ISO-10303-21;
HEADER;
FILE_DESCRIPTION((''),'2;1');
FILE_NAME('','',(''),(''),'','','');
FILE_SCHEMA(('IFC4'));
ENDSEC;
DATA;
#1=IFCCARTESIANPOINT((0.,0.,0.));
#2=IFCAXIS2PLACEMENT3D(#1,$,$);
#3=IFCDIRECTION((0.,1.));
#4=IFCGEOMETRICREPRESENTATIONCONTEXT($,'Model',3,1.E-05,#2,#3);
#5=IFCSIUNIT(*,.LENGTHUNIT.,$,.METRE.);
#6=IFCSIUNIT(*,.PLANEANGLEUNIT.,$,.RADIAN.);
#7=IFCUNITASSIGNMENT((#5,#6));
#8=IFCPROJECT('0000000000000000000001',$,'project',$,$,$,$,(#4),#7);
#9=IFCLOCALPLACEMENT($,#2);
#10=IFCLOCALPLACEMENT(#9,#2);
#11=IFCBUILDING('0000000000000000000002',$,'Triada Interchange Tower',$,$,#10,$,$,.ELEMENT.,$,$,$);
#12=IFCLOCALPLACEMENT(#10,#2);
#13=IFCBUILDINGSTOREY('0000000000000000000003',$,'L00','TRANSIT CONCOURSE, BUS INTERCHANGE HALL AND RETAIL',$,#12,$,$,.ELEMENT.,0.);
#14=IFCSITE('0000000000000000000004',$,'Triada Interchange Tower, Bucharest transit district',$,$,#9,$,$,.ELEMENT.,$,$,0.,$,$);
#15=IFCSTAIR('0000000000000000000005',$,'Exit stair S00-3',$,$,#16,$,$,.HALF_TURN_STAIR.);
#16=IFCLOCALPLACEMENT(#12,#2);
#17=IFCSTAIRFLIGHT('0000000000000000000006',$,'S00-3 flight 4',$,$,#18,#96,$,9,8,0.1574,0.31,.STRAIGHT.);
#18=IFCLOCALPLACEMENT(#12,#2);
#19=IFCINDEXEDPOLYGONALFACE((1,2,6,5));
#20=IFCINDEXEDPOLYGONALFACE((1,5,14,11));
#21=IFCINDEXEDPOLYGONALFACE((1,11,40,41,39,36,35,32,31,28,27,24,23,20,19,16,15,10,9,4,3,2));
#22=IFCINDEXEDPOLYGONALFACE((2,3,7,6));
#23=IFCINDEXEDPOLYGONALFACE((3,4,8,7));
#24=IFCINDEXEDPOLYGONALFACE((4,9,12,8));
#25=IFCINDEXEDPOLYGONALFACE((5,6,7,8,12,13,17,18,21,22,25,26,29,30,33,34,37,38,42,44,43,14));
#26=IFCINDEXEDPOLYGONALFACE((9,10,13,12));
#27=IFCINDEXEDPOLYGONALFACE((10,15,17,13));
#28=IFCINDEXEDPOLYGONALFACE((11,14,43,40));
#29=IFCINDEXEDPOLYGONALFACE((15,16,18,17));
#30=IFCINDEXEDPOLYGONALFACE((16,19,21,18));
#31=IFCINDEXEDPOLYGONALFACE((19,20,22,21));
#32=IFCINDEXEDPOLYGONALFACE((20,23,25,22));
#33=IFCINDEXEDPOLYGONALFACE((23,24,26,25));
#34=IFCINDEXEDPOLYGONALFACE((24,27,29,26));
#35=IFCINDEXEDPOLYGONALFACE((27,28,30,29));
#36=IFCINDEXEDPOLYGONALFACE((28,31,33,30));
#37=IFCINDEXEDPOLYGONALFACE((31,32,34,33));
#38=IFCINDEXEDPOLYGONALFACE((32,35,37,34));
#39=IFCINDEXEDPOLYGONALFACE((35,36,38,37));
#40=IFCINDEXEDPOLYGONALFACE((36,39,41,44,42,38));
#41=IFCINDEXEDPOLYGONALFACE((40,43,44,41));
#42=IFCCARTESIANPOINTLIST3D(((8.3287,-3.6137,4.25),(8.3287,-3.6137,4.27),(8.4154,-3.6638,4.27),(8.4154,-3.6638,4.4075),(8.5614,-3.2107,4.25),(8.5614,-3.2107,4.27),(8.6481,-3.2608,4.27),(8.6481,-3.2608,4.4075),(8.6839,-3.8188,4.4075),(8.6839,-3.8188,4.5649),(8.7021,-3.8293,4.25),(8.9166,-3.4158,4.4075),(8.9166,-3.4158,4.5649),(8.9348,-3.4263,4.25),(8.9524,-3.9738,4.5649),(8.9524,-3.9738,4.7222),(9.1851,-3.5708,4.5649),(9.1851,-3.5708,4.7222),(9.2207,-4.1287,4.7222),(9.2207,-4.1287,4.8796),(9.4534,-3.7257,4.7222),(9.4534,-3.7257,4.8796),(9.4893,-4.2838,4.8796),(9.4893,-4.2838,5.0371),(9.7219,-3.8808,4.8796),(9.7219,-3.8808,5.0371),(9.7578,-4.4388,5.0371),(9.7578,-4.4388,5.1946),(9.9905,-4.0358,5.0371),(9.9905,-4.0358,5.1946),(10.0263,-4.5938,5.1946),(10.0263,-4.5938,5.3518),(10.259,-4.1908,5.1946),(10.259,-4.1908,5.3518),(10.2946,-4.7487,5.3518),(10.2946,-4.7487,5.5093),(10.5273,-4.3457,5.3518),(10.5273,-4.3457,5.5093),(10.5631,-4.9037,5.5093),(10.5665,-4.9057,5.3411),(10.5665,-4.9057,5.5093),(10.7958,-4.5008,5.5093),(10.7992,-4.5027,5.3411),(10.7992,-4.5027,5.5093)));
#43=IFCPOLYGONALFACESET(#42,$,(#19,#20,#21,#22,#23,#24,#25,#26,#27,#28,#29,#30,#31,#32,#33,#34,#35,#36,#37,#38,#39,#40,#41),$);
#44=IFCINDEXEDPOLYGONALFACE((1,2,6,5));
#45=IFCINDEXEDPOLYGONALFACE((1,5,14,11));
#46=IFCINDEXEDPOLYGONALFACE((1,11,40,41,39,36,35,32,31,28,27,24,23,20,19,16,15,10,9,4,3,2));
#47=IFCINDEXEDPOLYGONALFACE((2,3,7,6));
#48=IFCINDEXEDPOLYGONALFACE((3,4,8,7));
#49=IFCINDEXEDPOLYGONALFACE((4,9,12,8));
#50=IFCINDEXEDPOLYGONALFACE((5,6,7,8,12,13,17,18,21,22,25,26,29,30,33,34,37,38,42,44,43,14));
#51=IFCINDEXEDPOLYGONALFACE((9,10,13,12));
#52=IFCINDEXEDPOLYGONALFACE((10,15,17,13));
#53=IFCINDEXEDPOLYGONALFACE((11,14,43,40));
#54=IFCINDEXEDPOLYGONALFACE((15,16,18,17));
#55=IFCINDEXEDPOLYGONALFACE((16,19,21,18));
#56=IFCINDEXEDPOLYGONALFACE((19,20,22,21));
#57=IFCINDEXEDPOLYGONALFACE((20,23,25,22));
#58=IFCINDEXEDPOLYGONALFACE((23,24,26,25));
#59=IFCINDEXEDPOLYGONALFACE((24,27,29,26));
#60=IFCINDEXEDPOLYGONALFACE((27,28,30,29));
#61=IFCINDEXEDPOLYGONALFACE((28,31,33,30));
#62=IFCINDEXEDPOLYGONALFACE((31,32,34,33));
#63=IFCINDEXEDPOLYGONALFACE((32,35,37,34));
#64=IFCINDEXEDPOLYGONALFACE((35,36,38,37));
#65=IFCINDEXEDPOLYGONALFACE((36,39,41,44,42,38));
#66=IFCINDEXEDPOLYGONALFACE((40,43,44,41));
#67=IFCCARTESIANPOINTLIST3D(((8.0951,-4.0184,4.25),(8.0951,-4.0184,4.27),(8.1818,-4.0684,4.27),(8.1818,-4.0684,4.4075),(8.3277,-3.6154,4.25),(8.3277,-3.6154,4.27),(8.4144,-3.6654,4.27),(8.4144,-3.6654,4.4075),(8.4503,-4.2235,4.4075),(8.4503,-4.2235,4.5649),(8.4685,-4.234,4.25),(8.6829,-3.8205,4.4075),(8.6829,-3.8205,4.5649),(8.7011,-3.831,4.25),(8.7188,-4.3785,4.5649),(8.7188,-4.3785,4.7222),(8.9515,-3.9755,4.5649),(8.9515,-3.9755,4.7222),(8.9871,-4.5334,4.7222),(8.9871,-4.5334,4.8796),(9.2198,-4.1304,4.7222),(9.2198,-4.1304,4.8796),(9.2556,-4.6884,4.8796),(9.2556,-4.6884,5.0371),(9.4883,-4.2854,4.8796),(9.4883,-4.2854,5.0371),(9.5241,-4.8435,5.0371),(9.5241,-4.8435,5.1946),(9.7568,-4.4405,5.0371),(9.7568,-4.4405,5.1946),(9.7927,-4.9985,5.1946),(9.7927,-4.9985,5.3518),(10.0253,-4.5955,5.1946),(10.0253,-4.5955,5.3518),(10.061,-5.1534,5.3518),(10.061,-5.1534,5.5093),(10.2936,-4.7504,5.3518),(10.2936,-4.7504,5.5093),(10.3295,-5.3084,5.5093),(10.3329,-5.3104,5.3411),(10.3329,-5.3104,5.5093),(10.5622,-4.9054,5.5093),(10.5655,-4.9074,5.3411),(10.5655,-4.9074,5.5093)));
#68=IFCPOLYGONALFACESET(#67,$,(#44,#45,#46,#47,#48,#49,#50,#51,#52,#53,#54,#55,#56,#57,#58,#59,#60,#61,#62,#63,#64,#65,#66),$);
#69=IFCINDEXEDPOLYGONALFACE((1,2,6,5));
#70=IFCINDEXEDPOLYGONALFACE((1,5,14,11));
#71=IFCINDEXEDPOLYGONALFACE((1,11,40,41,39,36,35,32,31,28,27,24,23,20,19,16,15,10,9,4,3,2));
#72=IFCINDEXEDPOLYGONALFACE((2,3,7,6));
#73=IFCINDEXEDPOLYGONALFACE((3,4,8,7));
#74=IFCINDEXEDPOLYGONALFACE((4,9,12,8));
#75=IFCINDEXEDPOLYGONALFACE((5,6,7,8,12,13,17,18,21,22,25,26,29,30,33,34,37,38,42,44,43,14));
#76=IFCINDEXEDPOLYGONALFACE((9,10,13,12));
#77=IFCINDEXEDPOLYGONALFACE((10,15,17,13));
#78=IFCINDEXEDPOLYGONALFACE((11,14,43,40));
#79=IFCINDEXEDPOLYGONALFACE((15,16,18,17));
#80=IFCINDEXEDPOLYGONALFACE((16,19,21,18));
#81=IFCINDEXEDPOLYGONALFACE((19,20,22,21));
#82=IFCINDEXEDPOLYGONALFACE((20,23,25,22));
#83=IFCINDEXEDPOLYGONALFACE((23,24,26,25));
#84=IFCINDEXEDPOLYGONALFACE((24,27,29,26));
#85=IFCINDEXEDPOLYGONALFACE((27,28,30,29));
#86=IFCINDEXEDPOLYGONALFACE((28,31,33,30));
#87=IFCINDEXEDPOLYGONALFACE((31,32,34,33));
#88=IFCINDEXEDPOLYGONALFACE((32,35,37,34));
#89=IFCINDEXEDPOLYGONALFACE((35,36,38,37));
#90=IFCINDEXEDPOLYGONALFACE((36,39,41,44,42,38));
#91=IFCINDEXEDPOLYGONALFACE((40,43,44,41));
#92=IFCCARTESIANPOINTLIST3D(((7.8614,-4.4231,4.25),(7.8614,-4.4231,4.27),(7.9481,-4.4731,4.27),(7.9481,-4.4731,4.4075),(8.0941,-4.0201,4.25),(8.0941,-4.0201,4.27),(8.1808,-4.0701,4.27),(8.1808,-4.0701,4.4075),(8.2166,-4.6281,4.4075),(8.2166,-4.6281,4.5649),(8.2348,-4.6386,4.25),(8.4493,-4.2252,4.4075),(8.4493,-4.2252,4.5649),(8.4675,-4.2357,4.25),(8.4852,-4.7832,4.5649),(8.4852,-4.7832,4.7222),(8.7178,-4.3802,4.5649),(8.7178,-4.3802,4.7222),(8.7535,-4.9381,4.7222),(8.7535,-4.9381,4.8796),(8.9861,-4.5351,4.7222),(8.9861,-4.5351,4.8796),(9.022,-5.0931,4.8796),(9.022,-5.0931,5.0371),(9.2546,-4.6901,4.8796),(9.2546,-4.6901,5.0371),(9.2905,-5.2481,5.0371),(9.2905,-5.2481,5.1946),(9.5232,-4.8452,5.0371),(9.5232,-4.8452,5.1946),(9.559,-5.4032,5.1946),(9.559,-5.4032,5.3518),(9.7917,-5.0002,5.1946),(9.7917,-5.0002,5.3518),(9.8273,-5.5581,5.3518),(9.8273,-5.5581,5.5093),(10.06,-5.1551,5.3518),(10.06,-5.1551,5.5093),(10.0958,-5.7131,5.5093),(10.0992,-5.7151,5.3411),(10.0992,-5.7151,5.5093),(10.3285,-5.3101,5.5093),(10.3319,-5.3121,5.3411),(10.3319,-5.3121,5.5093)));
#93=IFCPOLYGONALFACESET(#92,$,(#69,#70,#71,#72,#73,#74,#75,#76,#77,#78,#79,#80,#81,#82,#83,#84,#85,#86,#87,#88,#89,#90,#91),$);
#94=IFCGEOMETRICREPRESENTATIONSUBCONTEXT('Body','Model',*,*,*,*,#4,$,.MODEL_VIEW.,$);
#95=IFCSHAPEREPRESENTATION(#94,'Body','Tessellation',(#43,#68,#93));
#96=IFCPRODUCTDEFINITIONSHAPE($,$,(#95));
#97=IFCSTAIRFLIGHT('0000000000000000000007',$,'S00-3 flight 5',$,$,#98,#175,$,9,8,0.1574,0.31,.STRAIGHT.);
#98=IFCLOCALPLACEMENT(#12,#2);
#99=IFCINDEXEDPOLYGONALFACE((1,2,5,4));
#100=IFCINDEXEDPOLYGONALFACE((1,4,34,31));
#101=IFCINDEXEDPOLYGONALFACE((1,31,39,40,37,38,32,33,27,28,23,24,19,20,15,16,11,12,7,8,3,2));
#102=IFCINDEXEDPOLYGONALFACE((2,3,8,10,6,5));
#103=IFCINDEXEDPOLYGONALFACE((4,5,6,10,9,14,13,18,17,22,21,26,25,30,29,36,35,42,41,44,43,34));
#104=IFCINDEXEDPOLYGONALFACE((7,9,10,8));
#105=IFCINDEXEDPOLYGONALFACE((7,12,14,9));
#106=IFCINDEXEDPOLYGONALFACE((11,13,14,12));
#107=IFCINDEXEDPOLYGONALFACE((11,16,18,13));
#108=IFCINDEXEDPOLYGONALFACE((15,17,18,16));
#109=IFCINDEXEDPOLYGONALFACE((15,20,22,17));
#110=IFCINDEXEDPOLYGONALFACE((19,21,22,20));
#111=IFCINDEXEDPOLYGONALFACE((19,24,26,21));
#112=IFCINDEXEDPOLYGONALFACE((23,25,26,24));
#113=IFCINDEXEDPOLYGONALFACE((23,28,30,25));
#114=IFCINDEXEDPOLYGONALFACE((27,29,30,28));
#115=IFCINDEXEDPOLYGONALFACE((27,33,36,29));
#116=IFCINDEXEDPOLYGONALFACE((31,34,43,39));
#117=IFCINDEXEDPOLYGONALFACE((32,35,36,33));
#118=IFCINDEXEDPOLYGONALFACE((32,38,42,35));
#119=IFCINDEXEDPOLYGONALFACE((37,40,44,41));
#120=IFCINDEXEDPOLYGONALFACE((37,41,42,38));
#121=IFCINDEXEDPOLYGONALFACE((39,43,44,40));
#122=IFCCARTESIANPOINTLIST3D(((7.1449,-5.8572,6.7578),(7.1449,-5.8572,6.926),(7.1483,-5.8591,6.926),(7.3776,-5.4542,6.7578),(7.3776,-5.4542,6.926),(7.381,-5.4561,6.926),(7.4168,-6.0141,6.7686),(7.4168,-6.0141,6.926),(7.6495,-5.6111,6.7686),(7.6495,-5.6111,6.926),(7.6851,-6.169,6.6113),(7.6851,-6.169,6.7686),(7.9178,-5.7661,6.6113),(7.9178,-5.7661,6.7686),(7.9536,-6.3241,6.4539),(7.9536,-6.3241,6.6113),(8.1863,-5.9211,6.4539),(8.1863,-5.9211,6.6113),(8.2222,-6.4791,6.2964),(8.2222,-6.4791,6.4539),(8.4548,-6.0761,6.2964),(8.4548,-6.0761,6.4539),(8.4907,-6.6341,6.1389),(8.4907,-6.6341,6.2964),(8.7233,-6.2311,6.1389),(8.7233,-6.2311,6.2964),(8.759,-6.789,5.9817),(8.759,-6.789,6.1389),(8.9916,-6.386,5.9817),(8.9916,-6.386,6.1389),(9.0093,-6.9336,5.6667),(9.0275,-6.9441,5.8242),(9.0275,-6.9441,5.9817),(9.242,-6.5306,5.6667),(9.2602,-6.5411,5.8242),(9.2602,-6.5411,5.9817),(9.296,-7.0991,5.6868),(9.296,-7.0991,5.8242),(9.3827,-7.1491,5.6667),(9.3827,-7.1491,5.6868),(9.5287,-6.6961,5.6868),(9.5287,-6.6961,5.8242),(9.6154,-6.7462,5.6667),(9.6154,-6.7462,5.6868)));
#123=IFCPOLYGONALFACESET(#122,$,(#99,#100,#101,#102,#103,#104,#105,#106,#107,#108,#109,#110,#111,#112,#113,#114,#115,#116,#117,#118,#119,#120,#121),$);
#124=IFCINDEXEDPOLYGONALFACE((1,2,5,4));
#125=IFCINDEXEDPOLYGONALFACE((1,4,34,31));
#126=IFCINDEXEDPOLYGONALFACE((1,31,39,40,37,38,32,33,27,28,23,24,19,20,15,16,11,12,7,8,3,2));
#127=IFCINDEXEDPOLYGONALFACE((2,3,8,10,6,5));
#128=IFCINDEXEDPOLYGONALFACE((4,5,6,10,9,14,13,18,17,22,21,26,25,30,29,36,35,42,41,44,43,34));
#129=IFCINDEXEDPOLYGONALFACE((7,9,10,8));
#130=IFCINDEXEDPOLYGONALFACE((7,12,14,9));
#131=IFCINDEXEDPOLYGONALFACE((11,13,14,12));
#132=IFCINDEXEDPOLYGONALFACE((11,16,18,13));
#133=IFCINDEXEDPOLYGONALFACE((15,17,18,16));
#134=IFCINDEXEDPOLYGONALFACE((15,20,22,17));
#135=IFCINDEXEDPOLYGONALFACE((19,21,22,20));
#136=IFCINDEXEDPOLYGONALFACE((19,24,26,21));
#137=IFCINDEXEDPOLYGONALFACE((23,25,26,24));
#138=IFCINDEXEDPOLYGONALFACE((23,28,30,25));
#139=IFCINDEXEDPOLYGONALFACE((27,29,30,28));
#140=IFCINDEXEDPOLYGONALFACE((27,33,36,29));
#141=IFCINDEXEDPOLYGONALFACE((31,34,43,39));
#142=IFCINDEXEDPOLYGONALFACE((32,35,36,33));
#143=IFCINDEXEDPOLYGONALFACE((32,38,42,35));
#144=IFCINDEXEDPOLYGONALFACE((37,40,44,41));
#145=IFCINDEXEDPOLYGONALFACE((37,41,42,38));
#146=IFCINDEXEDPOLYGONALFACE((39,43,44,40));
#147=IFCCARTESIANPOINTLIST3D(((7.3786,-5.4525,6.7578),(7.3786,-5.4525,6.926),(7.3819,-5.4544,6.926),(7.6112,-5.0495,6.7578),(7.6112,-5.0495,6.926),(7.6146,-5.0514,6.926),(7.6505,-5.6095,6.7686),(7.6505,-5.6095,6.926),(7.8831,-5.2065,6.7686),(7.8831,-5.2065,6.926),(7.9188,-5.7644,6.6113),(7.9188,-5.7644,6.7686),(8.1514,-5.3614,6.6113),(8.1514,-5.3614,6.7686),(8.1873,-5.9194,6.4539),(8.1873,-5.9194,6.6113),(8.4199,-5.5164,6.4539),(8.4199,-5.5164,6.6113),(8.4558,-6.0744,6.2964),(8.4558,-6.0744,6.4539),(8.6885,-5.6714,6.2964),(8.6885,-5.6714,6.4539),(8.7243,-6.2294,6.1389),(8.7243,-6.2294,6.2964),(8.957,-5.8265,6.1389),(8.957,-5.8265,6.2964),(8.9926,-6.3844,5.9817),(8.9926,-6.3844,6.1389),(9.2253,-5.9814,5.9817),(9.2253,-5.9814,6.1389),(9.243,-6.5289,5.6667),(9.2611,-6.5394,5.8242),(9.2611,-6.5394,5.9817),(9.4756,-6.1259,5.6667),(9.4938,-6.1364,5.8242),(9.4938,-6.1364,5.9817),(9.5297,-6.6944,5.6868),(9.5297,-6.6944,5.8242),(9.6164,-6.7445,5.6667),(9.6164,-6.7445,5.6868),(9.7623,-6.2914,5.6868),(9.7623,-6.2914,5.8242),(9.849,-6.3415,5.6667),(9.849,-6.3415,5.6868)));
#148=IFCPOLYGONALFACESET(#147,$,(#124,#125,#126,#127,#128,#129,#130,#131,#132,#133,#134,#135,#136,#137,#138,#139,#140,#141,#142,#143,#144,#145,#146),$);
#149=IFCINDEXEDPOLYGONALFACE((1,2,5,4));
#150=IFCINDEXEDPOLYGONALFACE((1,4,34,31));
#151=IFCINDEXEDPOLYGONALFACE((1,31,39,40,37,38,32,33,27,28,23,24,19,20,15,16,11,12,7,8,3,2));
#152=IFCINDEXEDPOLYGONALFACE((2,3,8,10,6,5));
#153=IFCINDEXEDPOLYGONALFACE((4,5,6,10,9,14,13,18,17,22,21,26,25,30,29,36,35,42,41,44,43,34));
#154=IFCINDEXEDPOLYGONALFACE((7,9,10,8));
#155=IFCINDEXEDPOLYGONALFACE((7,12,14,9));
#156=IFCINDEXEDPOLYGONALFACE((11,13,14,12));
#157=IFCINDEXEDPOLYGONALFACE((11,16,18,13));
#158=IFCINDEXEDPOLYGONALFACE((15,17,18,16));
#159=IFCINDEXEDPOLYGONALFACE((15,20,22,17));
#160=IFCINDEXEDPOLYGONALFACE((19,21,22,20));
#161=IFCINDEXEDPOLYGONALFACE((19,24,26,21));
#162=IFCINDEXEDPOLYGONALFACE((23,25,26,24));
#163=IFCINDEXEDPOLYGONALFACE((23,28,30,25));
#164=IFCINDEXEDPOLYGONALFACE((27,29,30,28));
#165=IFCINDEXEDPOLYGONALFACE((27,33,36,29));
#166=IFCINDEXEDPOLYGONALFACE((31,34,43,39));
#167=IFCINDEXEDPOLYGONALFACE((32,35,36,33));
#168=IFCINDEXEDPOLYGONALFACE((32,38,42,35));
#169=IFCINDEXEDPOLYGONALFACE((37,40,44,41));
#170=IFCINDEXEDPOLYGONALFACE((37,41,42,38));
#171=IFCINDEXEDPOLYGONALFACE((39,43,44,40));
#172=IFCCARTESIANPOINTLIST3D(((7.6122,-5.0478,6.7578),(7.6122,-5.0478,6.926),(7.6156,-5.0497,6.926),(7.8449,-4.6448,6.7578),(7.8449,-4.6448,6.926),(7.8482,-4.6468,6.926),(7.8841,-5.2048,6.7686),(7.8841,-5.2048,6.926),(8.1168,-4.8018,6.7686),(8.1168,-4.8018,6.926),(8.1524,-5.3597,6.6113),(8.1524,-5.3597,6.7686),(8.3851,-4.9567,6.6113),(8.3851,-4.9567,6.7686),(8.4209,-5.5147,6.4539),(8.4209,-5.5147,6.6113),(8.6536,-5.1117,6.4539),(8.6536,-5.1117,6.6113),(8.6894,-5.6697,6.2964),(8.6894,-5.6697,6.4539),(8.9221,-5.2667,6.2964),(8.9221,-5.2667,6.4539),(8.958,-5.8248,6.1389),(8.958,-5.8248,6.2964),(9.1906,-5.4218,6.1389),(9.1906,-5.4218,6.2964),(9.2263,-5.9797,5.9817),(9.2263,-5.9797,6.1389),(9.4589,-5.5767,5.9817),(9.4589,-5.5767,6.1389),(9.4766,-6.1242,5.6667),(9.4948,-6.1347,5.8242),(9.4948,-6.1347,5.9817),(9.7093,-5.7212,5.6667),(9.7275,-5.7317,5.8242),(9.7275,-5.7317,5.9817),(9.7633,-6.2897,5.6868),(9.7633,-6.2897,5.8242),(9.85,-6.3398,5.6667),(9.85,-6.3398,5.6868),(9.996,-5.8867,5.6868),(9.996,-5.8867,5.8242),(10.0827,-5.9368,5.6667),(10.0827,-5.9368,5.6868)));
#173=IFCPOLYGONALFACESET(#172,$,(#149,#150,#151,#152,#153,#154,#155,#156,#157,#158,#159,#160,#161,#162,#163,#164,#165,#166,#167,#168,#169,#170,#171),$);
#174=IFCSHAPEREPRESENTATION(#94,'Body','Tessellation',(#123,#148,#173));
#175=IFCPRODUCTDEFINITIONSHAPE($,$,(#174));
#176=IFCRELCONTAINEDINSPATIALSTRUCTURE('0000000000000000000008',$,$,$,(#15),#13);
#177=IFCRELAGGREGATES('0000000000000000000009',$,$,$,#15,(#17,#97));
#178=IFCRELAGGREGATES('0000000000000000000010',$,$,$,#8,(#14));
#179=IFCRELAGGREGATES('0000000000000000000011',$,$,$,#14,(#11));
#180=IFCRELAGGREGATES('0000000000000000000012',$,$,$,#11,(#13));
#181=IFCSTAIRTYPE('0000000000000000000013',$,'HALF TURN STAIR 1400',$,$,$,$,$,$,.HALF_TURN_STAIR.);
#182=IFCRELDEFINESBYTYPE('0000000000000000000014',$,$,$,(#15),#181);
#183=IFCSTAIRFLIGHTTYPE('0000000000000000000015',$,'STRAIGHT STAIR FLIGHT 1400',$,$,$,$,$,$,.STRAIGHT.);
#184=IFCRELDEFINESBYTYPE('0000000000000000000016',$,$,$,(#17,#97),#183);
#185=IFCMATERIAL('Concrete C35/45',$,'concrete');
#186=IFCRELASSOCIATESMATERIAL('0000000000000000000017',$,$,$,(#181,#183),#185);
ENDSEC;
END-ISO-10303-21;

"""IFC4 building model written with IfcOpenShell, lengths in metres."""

from ifc_helpers import new_model, si_unit, direction, frame, origin, place, context, subcontext, project, spatial, polyline, outline, extrude, material, type_object, element, aggregate, save


model = new_model("IFC4")

# Units and contexts
model_context = context("Model", 3, precision=1e-05, world=origin(), true_north=direction((0.0, 1.0)))
body_context = subcontext(model_context, "Body", "Model", "MODEL_VIEW")
ifc_project = project(units=[si_unit("LENGTHUNIT", "METRE"), si_unit("PLANEANGLEUNIT", "RADIAN")], contexts=[model_context])

# Site, building, storey
site_placement = place(None, origin())
site = spatial("IfcSite", under=ifc_project, at=site_placement, Name="Triada Interchange Tower, Bucharest transit district", CompositionType="ELEMENT", RefElevation=0.0)
building_placement = place(site_placement, origin())
building = spatial("IfcBuilding", under=site, at=building_placement, Name="Triada Interchange Tower", CompositionType="ELEMENT")
storey_placement = place(building_placement, origin())
storey = spatial("IfcBuildingStorey", under=building, at=storey_placement, Name="L00", Description="TRANSIT CONCOURSE, BUS INTERCHANGE HALL AND RETAIL", CompositionType="ELEMENT", Elevation=0.0)

# Shared definitions
ifc_material_1 = material(Name="Concrete C35/45", Category="concrete")

# Stair, stair flights
stair_type = type_object("IfcStairType", Name="HALF TURN STAIR 1400", PredefinedType="HALF_TURN_STAIR", material=ifc_material_1)
stair_placement = place(storey_placement, origin())
stair = element("IfcStair", 1, at=stair_placement, inside=storey, type_object=stair_type, Name="Exit stair S00-3", PredefinedType="HALF_TURN_STAIR")
stair_flight_type = type_object("IfcStairFlightType", Name="STRAIGHT STAIR FLIGHT 1400", PredefinedType="STRAIGHT", material=ifc_material_1)
stair_flight_1_placement = place(storey_placement, frame((8.2981, -3.8669, 4.25), z_axis=(0.0, 0.0, 1.0), x_axis=(0.866025, -0.5, 0.0)))
stair_flight_1 = element("IfcStairFlight", 2, at=stair_flight_1_placement, type_object=stair_flight_type, Name="S00-3 flight 4", NumberOfRisers=9, NumberOfTreads=8, PredefinedType="STRAIGHT", RiserHeight=0.1574, TreadLength=0.31, context=body_context, shape_type="SweptSolid", body=[
    extrude(outline(polyline([(-0.1001, 0.0), (-0.1001, 0.02), (0.0, 0.02), (0.0, 0.1575), (0.3101, 0.1575), (0.3101, 0.3149), (0.6201, 0.3149), (0.6201, 0.4722), (0.9299, 0.4722), (0.9299, 0.6296), (1.24, 0.6296), (1.24, 0.7871), (1.55, 0.7871), (1.55, 0.9446), (1.8601, 0.9446), (1.8601, 1.1018), (2.1699, 1.1018), (2.1699, 1.2593), (2.48, 1.2593), (2.4839, 1.2593), (2.4839, 1.4167), (2.4839, 1.0911), (0.3311, 0.0), (-0.1001, 0.0)])), frame((0.0, 0.7, 0.0), z_axis=(0.0, -1.0, 0.0), x_axis=(1.0, 0.0, 0.0)), (0.0, 0.0, 1.0), 0.4653),
    extrude(outline(polyline([(-0.1001, 0.0), (-0.1001, 0.02), (0.0, 0.02), (0.0, 0.1575), (0.3101, 0.1575), (0.3101, 0.3149), (0.6201, 0.3149), (0.6201, 0.4722), (0.9299, 0.4722), (0.9299, 0.6296), (1.24, 0.6296), (1.24, 0.7871), (1.55, 0.7871), (1.55, 0.9446), (1.8601, 0.9446), (1.8601, 1.1018), (2.1699, 1.1018), (2.1699, 1.2593), (2.48, 1.2593), (2.4839, 1.2593), (2.4839, 1.4167), (2.4839, 1.0911), (0.3311, 0.0), (-0.1001, 0.0)])), frame((0.0, 0.2327, 0.0), z_axis=(0.0, -1.0, 0.0), x_axis=(1.0, 0.0, 0.0)), (0.0, 0.0, 1.0), 0.4653),
    extrude(outline(polyline([(-0.1001, 0.0), (-0.1001, 0.02), (0.0, 0.02), (0.0, 0.1575), (0.3101, 0.1575), (0.3101, 0.3149), (0.6201, 0.3149), (0.6201, 0.4722), (0.9299, 0.4722), (0.9299, 0.6296), (1.24, 0.6296), (1.24, 0.7871), (1.55, 0.7871), (1.55, 0.9446), (1.8601, 0.9446), (1.8601, 1.1018), (2.1699, 1.1018), (2.1699, 1.2593), (2.48, 1.2593), (2.4839, 1.2593), (2.4839, 1.4167), (2.4839, 1.0911), (0.3311, 0.0), (-0.1001, 0.0)])), frame((0.0, -0.2346, 0.0), z_axis=(0.0, -1.0, 0.0), x_axis=(1.0, 0.0, 0.0)), (0.0, 0.0, 1.0), 0.4653),
])
stair_flight_2_placement = place(storey_placement, frame((9.646, -6.4929, 5.6667), z_axis=(0.0, 0.0, 1.0), x_axis=(-0.866025, 0.5, 0.0)))
stair_flight_2 = element("IfcStairFlight", 3, at=stair_flight_2_placement, type_object=stair_flight_type, Name="S00-3 flight 5", NumberOfRisers=9, NumberOfTreads=8, PredefinedType="STRAIGHT", RiserHeight=0.1574, TreadLength=0.31, context=body_context, shape_type="SweptSolid", body=[
    extrude(outline(polyline([(-0.1001, 0.0), (-0.1001, 0.02), (0.0, 0.02), (0.0, 0.1575), (0.3101, 0.1575), (0.3101, 0.3149), (0.6201, 0.3149), (0.6201, 0.4722), (0.9299, 0.4722), (0.9299, 0.6296), (1.24, 0.6296), (1.24, 0.7871), (1.55, 0.7871), (1.55, 0.9446), (1.8601, 0.9446), (1.8601, 1.1018), (2.1699, 1.1018), (2.1699, 1.2593), (2.48, 1.2593), (2.4839, 1.2593), (2.4839, 1.4167), (2.4839, 1.0911), (0.3311, 0.0), (-0.1001, 0.0)])), frame((0.0, 0.7, 0.0), z_axis=(0.0, -1.0, 0.0), x_axis=(1.0, 0.0, 0.0)), (0.0, 0.0, 1.0), 0.4653),
    extrude(outline(polyline([(-0.1001, 0.0), (-0.1001, 0.02), (0.0, 0.02), (0.0, 0.1575), (0.3101, 0.1575), (0.3101, 0.3149), (0.6201, 0.3149), (0.6201, 0.4722), (0.9299, 0.4722), (0.9299, 0.6296), (1.24, 0.6296), (1.24, 0.7871), (1.55, 0.7871), (1.55, 0.9446), (1.8601, 0.9446), (1.8601, 1.1018), (2.1699, 1.1018), (2.1699, 1.2593), (2.48, 1.2593), (2.4839, 1.2593), (2.4839, 1.4167), (2.4839, 1.0911), (0.3311, 0.0), (-0.1001, 0.0)])), frame((0.0, 0.2327, 0.0), z_axis=(0.0, -1.0, 0.0), x_axis=(1.0, 0.0, 0.0)), (0.0, 0.0, 1.0), 0.4653),
    extrude(outline(polyline([(-0.1001, 0.0), (-0.1001, 0.02), (0.0, 0.02), (0.0, 0.1575), (0.3101, 0.1575), (0.3101, 0.3149), (0.6201, 0.3149), (0.6201, 0.4722), (0.9299, 0.4722), (0.9299, 0.6296), (1.24, 0.6296), (1.24, 0.7871), (1.55, 0.7871), (1.55, 0.9446), (1.8601, 0.9446), (1.8601, 1.1018), (2.1699, 1.1018), (2.1699, 1.2593), (2.48, 1.2593), (2.4839, 1.2593), (2.4839, 1.4167), (2.4839, 1.0911), (0.3311, 0.0), (-0.1001, 0.0)])), frame((0.0, -0.2346, 0.0), z_axis=(0.0, -1.0, 0.0), x_axis=(1.0, 0.0, 0.0)), (0.0, 0.0, 1.0), 0.4653),
])
aggregate(stair, [stair_flight_1, stair_flight_2])

save(model, "model.ifc")
